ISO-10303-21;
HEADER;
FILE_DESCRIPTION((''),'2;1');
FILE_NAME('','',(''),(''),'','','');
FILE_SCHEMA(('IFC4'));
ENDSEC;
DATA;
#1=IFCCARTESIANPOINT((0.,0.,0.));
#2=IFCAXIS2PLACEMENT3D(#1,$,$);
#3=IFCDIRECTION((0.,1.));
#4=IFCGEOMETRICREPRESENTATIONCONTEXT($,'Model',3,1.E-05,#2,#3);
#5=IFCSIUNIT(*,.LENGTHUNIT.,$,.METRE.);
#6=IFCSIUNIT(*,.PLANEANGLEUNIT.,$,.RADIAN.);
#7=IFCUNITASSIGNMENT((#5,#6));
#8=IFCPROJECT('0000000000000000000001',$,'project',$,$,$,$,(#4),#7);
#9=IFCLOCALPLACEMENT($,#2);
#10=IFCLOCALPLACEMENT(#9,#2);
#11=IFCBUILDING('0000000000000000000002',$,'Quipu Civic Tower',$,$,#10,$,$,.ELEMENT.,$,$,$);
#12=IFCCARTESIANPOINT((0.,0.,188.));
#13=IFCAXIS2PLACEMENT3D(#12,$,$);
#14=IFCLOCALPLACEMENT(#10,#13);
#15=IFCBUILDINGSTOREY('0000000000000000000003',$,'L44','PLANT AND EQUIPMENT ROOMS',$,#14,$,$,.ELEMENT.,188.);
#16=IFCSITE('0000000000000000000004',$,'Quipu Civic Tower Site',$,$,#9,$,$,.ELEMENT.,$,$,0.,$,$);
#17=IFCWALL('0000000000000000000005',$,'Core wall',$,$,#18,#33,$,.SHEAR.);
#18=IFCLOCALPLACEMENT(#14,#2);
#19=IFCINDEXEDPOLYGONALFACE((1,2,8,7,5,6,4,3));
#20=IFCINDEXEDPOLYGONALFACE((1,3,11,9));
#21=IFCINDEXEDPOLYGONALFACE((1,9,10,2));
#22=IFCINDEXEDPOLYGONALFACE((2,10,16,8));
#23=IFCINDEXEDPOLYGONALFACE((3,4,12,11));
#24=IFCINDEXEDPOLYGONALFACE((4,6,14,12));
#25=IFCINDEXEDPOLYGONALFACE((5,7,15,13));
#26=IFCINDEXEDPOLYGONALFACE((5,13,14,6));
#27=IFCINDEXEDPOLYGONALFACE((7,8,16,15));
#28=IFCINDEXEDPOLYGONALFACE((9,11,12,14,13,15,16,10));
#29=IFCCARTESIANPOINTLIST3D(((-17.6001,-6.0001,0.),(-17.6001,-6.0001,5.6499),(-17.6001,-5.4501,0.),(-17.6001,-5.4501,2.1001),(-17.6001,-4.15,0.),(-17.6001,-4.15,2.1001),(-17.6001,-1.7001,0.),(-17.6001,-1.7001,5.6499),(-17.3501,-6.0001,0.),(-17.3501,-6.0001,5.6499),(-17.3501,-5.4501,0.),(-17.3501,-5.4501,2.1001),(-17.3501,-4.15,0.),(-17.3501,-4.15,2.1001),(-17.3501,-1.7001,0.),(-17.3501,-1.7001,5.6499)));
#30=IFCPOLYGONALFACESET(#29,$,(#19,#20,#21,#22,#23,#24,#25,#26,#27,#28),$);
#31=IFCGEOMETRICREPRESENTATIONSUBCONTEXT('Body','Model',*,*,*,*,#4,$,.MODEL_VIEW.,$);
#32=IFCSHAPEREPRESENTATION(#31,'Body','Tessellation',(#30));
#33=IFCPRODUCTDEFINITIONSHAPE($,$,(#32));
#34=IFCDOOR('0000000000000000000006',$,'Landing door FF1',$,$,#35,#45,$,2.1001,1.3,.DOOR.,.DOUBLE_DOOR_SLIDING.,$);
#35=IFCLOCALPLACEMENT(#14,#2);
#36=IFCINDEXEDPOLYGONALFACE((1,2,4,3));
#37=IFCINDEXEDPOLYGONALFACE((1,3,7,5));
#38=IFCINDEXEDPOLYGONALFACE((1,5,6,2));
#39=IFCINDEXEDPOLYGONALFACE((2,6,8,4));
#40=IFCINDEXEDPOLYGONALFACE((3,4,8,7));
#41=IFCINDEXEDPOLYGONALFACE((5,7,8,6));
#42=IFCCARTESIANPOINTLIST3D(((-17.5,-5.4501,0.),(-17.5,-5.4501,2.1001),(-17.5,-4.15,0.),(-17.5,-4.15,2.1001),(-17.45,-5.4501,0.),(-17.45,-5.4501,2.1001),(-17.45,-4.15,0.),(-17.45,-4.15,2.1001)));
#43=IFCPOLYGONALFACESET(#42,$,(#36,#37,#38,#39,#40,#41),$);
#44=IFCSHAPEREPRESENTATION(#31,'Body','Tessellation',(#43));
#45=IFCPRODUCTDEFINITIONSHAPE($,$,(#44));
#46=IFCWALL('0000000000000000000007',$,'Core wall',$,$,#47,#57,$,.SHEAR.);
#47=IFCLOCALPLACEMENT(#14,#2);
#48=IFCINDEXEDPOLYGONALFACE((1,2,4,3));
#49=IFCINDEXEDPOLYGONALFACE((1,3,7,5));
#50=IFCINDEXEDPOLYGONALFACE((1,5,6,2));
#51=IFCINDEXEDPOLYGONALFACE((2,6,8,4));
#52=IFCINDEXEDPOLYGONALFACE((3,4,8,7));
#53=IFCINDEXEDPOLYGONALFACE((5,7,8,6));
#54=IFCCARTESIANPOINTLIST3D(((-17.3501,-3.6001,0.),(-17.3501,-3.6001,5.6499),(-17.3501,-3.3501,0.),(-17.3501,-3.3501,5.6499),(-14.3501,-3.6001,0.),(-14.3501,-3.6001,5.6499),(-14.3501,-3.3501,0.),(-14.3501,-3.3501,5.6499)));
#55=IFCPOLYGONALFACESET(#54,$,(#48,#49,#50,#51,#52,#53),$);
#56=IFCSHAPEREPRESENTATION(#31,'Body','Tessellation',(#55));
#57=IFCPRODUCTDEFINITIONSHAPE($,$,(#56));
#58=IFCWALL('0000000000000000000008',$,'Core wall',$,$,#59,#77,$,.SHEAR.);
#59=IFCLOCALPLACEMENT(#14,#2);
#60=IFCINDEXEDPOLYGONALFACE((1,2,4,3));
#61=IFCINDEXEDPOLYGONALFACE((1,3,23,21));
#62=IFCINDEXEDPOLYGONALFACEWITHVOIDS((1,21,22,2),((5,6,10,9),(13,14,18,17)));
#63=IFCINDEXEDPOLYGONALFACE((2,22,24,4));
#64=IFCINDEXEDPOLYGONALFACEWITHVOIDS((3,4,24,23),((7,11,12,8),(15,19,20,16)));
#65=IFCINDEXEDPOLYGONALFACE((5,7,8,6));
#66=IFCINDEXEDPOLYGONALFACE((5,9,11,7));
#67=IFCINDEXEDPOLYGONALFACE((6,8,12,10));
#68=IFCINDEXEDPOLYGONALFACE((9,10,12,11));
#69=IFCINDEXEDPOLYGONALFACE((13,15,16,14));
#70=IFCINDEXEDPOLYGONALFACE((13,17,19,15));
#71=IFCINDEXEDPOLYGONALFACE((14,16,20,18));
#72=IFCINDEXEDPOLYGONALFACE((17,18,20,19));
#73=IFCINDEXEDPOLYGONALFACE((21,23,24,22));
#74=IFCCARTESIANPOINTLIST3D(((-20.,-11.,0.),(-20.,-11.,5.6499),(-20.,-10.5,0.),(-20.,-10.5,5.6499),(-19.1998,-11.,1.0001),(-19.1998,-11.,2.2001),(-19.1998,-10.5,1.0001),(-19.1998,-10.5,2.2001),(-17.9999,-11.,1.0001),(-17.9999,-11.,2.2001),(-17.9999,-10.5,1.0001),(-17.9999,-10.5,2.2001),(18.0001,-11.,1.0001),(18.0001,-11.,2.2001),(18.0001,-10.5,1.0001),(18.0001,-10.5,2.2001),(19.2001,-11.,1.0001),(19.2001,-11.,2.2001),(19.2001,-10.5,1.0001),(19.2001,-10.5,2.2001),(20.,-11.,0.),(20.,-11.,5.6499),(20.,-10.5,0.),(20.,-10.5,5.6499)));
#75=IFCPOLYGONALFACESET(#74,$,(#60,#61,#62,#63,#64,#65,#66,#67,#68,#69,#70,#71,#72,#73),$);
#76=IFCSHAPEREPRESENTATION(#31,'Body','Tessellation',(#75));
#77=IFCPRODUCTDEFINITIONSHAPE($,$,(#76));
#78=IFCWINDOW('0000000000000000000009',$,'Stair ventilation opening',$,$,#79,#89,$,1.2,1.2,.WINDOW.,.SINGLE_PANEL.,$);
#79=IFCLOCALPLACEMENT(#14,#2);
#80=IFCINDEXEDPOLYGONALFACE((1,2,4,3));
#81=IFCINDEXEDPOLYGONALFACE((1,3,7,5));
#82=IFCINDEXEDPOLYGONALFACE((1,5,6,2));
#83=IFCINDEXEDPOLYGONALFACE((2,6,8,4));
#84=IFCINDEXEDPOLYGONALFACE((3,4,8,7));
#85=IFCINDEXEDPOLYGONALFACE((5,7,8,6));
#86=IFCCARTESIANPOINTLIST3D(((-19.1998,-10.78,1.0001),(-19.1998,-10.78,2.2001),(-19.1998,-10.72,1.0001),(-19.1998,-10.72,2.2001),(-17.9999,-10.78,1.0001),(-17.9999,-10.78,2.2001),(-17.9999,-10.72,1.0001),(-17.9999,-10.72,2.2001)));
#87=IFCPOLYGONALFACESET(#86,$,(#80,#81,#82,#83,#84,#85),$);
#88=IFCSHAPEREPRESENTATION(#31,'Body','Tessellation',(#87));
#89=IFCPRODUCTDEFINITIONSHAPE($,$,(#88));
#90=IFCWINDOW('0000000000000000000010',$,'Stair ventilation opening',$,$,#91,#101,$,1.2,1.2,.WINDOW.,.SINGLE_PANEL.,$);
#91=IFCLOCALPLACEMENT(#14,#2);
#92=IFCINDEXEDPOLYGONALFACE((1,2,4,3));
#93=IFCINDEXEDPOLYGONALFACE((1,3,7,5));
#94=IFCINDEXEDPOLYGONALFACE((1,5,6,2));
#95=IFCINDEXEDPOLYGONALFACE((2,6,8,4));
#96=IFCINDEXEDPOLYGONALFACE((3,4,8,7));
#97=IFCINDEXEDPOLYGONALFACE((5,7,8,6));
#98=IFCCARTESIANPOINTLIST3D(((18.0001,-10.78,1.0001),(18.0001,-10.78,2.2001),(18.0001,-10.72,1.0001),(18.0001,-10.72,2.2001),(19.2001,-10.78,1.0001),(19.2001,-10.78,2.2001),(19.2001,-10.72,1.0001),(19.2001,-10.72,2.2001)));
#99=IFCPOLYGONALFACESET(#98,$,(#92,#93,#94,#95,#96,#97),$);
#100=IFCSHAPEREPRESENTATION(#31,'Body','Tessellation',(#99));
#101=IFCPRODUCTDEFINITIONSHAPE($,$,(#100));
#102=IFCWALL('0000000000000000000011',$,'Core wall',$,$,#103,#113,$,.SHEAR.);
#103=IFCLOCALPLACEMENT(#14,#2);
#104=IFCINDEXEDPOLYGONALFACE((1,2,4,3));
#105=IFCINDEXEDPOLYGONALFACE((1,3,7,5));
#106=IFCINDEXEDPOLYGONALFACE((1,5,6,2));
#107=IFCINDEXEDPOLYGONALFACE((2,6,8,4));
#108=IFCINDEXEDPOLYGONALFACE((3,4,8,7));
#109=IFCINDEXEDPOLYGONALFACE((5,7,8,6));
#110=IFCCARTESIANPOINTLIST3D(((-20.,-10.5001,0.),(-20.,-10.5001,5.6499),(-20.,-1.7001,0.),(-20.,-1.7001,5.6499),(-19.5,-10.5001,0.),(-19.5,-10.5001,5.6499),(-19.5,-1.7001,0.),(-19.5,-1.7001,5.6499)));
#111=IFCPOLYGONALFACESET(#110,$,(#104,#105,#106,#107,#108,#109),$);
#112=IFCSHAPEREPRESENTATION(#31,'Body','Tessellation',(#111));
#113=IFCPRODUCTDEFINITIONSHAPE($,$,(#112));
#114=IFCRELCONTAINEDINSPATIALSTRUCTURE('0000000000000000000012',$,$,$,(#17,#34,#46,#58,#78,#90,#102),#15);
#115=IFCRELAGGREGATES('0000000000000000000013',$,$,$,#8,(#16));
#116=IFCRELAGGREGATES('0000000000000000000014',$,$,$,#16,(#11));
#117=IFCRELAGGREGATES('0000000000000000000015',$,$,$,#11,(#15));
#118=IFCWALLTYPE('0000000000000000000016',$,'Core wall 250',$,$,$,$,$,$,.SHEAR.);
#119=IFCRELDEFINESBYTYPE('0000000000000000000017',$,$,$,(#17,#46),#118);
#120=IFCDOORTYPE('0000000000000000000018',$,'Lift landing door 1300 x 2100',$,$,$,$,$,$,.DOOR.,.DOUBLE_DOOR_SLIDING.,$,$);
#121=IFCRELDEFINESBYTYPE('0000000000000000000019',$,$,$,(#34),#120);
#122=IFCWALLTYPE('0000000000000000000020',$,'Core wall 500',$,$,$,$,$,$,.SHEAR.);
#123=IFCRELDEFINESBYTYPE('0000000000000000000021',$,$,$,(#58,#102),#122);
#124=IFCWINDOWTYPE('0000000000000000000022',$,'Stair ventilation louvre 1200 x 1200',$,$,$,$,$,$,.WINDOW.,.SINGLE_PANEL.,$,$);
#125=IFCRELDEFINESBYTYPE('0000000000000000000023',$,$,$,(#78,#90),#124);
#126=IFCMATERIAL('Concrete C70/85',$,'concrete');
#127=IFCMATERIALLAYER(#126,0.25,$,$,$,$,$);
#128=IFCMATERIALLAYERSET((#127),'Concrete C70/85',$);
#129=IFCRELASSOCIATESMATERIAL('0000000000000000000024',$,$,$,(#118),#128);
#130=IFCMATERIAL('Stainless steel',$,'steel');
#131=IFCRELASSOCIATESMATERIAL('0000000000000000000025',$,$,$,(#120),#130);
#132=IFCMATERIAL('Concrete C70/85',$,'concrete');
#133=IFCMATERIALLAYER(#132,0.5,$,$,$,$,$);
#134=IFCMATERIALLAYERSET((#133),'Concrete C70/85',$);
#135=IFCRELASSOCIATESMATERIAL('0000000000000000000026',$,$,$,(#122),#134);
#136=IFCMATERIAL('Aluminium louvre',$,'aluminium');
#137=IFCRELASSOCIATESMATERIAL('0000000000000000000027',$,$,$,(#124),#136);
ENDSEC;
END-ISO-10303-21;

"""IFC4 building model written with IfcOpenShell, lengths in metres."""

from ifc_helpers import new_model, si_unit, direction, frame, frame_2d, origin, place, context, subcontext, project, spatial, rectangle, extrude, material, layer, layer_set, type_object, element, fill, save


model = new_model("IFC4")

# Units and contexts
model_context = context("Model", 3, precision=1e-05, world=origin(), true_north=direction((0.0, 1.0)))
body_context = subcontext(model_context, "Body", "Model", "MODEL_VIEW")
ifc_project = project(units=[si_unit("LENGTHUNIT", "METRE"), si_unit("PLANEANGLEUNIT", "RADIAN")], contexts=[model_context])

# Site, building, storey
site_placement = place(None, origin())
site = spatial("IfcSite", under=ifc_project, at=site_placement, Name="Quipu Civic Tower Site", CompositionType="ELEMENT", RefElevation=0.0)
building_placement = place(site_placement, origin())
building = spatial("IfcBuilding", under=site, at=building_placement, Name="Quipu Civic Tower", CompositionType="ELEMENT")
storey_placement = place(building_placement, frame((0.0, 0.0, 188.0)))
storey = spatial("IfcBuildingStorey", under=building, at=storey_placement, Name="L44", Description="PLANT AND EQUIPMENT ROOMS", CompositionType="ELEMENT", Elevation=188.0)

# Wall, opening, door
ifc_material_1 = material(Name="Concrete C70/85", Category="concrete")
ifc_layer_1 = layer(ifc_material_1, 0.25)
ifc_layer_set_1 = layer_set([ifc_layer_1], Name="Concrete C70/85")
wall_type_1 = type_object("IfcWallType", Name="Core wall 250", PredefinedType="SHEAR", material=ifc_layer_set_1)
wall_1_placement = place(storey_placement, frame((-17.4751, -6.0, 0.0), z_axis=(0.0, 0.0, 1.0), x_axis=(0.0, 1.0, 0.0)))
wall_1 = element("IfcWall", 1, at=wall_1_placement, inside=storey, type_object=wall_type_1, Name="Core wall", PredefinedType="SHEAR", context=body_context, shape_type="SweptSolid", body=[
    extrude(rectangle(XDim=4.3, YDim=0.25, at=frame_2d((2.1499, 0.0))), origin(), (0.0, 0.0, 1.0), 5.6499),
])
opening_1_placement = place(wall_1_placement, frame((0.55, 0.0, 0.0)))
opening_1 = element("IfcOpeningElement", 2, at=opening_1_placement, cuts=wall_1, PredefinedType="OPENING", context=body_context, shape_type="SweptSolid", body=[
    extrude(rectangle(XDim=1.3, YDim=2.1001, at=frame_2d((0.6499, 1.05))), frame((0.0, 0.135, 0.0), z_axis=(0.0, -1.0, 0.0), x_axis=(1.0, 0.0, 0.0)), (0.0, 0.0, 1.0), 0.27),
])
ifc_material_2 = material(Name="Stainless steel", Category="steel")
door_type_1 = type_object("IfcDoorType", Name="Lift landing door 1300 x 2100", OperationType="DOUBLE_DOOR_SLIDING", PredefinedType="DOOR", material=ifc_material_2)
door_1_placement = place(opening_1_placement, origin())
door_1 = element("IfcDoor", 3, at=door_1_placement, inside=storey, type_object=door_type_1, Name="Landing door FF1", OperationType="DOUBLE_DOOR_SLIDING", OverallHeight=2.1001, OverallWidth=1.3, PredefinedType="DOOR", context=body_context, shape_type="SweptSolid", body=[
    extrude(rectangle(XDim=1.3, YDim=2.1001, at=frame_2d((0.6499, 1.05))), frame((0.0, 0.0249, 0.0), z_axis=(0.0, -1.0, 0.0), x_axis=(1.0, 0.0, 0.0)), (0.0, 0.0, 1.0), 0.05),
])
fill(opening_1, door_1)

# Wall
wall_2_placement = place(storey_placement, frame((-17.3501, -3.4751, 0.0), z_axis=(0.0, 0.0, 1.0), x_axis=(1.0, 0.0, 0.0)))
element("IfcWall", 4, at=wall_2_placement, inside=storey, type_object=wall_type_1, Name="Core wall", PredefinedType="SHEAR", context=body_context, shape_type="SweptSolid", body=[
    extrude(rectangle(XDim=3.0, YDim=0.25, at=frame_2d((1.5, 0.0))), origin(), (0.0, 0.0, 1.0), 5.6499),
])

# Wall, openings, windows
ifc_material_3 = material(Name="Concrete C70/85", Category="concrete")
ifc_layer_2 = layer(ifc_material_3, 0.5)
ifc_layer_set_2 = layer_set([ifc_layer_2], Name="Concrete C70/85")
wall_type_2 = type_object("IfcWallType", Name="Core wall 500", PredefinedType="SHEAR", material=ifc_layer_set_2)
wall_3_placement = place(storey_placement, frame((-20.0, -10.75, 0.0), z_axis=(0.0, 0.0, 1.0), x_axis=(1.0, 0.0, 0.0)))
wall_3 = element("IfcWall", 5, at=wall_3_placement, inside=storey, type_object=wall_type_2, Name="Core wall", PredefinedType="SHEAR", context=body_context, shape_type="SweptSolid", body=[
    extrude(rectangle(XDim=40.0, YDim=0.5, at=frame_2d((20.0, 0.0))), origin(), (0.0, 0.0, 1.0), 5.6499),
])
opening_2_placement = place(wall_3_placement, frame((0.8, 0.0, 1.0)))
opening_2 = element("IfcOpeningElement", 6, at=opening_2_placement, cuts=wall_3, PredefinedType="OPENING", context=body_context, shape_type="SweptSolid", body=[
    extrude(rectangle(XDim=1.2, YDim=1.2, at=frame_2d((0.6001, 0.6001))), frame((0.0, 0.26, 0.0), z_axis=(0.0, -1.0, 0.0), x_axis=(1.0, 0.0, 0.0)), (0.0, 0.0, 1.0), 0.52),
])
opening_3_placement = place(wall_3_placement, frame((38.0, 0.0, 1.0)))
opening_3 = element("IfcOpeningElement", 7, at=opening_3_placement, cuts=wall_3, PredefinedType="OPENING", context=body_context, shape_type="SweptSolid", body=[
    extrude(rectangle(XDim=1.2, YDim=1.2, at=frame_2d((0.6001, 0.6001))), frame((0.0, 0.26, 0.0), z_axis=(0.0, -1.0, 0.0), x_axis=(1.0, 0.0, 0.0)), (0.0, 0.0, 1.0), 0.52),
])
ifc_material_4 = material(Name="Aluminium louvre", Category="aluminium")
window_type = type_object("IfcWindowType", Name="Stair ventilation louvre 1200 x 1200", PartitioningType="SINGLE_PANEL", PredefinedType="WINDOW", material=ifc_material_4)
window_1_placement = place(opening_2_placement, origin())
window_1 = element("IfcWindow", 8, at=window_1_placement, inside=storey, type_object=window_type, Name="Stair ventilation opening", OverallHeight=1.2, OverallWidth=1.2, PartitioningType="SINGLE_PANEL", PredefinedType="WINDOW", context=body_context, shape_type="SweptSolid", body=[
    extrude(rectangle(XDim=1.2, YDim=1.2, at=frame_2d((0.6001, 0.6001))), frame((0.0, 0.03, 0.0), z_axis=(0.0, -1.0, 0.0), x_axis=(1.0, 0.0, 0.0)), (0.0, 0.0, 1.0), 0.0601),
])
fill(opening_2, window_1)
window_2_placement = place(opening_3_placement, origin())
window_2 = element("IfcWindow", 9, at=window_2_placement, inside=storey, type_object=window_type, Name="Stair ventilation opening", OverallHeight=1.2, OverallWidth=1.2, PartitioningType="SINGLE_PANEL", PredefinedType="WINDOW", context=body_context, shape_type="SweptSolid", body=[
    extrude(rectangle(XDim=1.2, YDim=1.2, at=frame_2d((0.6001, 0.6001))), frame((0.0, 0.03, 0.0), z_axis=(0.0, -1.0, 0.0), x_axis=(1.0, 0.0, 0.0)), (0.0, 0.0, 1.0), 0.0601),
])
fill(opening_3, window_2)

# Wall
wall_4_placement = place(storey_placement, frame((-19.75, -10.5, 0.0), z_axis=(0.0, 0.0, 1.0), x_axis=(0.0, 1.0, 0.0)))
element("IfcWall", 10, at=wall_4_placement, inside=storey, type_object=wall_type_2, Name="Core wall", PredefinedType="SHEAR", context=body_context, shape_type="SweptSolid", body=[
    extrude(rectangle(XDim=8.8, YDim=0.5, at=frame_2d((4.3999, 0.0))), origin(), (0.0, 0.0, 1.0), 5.6499),
])

save(model, "model.ifc")
